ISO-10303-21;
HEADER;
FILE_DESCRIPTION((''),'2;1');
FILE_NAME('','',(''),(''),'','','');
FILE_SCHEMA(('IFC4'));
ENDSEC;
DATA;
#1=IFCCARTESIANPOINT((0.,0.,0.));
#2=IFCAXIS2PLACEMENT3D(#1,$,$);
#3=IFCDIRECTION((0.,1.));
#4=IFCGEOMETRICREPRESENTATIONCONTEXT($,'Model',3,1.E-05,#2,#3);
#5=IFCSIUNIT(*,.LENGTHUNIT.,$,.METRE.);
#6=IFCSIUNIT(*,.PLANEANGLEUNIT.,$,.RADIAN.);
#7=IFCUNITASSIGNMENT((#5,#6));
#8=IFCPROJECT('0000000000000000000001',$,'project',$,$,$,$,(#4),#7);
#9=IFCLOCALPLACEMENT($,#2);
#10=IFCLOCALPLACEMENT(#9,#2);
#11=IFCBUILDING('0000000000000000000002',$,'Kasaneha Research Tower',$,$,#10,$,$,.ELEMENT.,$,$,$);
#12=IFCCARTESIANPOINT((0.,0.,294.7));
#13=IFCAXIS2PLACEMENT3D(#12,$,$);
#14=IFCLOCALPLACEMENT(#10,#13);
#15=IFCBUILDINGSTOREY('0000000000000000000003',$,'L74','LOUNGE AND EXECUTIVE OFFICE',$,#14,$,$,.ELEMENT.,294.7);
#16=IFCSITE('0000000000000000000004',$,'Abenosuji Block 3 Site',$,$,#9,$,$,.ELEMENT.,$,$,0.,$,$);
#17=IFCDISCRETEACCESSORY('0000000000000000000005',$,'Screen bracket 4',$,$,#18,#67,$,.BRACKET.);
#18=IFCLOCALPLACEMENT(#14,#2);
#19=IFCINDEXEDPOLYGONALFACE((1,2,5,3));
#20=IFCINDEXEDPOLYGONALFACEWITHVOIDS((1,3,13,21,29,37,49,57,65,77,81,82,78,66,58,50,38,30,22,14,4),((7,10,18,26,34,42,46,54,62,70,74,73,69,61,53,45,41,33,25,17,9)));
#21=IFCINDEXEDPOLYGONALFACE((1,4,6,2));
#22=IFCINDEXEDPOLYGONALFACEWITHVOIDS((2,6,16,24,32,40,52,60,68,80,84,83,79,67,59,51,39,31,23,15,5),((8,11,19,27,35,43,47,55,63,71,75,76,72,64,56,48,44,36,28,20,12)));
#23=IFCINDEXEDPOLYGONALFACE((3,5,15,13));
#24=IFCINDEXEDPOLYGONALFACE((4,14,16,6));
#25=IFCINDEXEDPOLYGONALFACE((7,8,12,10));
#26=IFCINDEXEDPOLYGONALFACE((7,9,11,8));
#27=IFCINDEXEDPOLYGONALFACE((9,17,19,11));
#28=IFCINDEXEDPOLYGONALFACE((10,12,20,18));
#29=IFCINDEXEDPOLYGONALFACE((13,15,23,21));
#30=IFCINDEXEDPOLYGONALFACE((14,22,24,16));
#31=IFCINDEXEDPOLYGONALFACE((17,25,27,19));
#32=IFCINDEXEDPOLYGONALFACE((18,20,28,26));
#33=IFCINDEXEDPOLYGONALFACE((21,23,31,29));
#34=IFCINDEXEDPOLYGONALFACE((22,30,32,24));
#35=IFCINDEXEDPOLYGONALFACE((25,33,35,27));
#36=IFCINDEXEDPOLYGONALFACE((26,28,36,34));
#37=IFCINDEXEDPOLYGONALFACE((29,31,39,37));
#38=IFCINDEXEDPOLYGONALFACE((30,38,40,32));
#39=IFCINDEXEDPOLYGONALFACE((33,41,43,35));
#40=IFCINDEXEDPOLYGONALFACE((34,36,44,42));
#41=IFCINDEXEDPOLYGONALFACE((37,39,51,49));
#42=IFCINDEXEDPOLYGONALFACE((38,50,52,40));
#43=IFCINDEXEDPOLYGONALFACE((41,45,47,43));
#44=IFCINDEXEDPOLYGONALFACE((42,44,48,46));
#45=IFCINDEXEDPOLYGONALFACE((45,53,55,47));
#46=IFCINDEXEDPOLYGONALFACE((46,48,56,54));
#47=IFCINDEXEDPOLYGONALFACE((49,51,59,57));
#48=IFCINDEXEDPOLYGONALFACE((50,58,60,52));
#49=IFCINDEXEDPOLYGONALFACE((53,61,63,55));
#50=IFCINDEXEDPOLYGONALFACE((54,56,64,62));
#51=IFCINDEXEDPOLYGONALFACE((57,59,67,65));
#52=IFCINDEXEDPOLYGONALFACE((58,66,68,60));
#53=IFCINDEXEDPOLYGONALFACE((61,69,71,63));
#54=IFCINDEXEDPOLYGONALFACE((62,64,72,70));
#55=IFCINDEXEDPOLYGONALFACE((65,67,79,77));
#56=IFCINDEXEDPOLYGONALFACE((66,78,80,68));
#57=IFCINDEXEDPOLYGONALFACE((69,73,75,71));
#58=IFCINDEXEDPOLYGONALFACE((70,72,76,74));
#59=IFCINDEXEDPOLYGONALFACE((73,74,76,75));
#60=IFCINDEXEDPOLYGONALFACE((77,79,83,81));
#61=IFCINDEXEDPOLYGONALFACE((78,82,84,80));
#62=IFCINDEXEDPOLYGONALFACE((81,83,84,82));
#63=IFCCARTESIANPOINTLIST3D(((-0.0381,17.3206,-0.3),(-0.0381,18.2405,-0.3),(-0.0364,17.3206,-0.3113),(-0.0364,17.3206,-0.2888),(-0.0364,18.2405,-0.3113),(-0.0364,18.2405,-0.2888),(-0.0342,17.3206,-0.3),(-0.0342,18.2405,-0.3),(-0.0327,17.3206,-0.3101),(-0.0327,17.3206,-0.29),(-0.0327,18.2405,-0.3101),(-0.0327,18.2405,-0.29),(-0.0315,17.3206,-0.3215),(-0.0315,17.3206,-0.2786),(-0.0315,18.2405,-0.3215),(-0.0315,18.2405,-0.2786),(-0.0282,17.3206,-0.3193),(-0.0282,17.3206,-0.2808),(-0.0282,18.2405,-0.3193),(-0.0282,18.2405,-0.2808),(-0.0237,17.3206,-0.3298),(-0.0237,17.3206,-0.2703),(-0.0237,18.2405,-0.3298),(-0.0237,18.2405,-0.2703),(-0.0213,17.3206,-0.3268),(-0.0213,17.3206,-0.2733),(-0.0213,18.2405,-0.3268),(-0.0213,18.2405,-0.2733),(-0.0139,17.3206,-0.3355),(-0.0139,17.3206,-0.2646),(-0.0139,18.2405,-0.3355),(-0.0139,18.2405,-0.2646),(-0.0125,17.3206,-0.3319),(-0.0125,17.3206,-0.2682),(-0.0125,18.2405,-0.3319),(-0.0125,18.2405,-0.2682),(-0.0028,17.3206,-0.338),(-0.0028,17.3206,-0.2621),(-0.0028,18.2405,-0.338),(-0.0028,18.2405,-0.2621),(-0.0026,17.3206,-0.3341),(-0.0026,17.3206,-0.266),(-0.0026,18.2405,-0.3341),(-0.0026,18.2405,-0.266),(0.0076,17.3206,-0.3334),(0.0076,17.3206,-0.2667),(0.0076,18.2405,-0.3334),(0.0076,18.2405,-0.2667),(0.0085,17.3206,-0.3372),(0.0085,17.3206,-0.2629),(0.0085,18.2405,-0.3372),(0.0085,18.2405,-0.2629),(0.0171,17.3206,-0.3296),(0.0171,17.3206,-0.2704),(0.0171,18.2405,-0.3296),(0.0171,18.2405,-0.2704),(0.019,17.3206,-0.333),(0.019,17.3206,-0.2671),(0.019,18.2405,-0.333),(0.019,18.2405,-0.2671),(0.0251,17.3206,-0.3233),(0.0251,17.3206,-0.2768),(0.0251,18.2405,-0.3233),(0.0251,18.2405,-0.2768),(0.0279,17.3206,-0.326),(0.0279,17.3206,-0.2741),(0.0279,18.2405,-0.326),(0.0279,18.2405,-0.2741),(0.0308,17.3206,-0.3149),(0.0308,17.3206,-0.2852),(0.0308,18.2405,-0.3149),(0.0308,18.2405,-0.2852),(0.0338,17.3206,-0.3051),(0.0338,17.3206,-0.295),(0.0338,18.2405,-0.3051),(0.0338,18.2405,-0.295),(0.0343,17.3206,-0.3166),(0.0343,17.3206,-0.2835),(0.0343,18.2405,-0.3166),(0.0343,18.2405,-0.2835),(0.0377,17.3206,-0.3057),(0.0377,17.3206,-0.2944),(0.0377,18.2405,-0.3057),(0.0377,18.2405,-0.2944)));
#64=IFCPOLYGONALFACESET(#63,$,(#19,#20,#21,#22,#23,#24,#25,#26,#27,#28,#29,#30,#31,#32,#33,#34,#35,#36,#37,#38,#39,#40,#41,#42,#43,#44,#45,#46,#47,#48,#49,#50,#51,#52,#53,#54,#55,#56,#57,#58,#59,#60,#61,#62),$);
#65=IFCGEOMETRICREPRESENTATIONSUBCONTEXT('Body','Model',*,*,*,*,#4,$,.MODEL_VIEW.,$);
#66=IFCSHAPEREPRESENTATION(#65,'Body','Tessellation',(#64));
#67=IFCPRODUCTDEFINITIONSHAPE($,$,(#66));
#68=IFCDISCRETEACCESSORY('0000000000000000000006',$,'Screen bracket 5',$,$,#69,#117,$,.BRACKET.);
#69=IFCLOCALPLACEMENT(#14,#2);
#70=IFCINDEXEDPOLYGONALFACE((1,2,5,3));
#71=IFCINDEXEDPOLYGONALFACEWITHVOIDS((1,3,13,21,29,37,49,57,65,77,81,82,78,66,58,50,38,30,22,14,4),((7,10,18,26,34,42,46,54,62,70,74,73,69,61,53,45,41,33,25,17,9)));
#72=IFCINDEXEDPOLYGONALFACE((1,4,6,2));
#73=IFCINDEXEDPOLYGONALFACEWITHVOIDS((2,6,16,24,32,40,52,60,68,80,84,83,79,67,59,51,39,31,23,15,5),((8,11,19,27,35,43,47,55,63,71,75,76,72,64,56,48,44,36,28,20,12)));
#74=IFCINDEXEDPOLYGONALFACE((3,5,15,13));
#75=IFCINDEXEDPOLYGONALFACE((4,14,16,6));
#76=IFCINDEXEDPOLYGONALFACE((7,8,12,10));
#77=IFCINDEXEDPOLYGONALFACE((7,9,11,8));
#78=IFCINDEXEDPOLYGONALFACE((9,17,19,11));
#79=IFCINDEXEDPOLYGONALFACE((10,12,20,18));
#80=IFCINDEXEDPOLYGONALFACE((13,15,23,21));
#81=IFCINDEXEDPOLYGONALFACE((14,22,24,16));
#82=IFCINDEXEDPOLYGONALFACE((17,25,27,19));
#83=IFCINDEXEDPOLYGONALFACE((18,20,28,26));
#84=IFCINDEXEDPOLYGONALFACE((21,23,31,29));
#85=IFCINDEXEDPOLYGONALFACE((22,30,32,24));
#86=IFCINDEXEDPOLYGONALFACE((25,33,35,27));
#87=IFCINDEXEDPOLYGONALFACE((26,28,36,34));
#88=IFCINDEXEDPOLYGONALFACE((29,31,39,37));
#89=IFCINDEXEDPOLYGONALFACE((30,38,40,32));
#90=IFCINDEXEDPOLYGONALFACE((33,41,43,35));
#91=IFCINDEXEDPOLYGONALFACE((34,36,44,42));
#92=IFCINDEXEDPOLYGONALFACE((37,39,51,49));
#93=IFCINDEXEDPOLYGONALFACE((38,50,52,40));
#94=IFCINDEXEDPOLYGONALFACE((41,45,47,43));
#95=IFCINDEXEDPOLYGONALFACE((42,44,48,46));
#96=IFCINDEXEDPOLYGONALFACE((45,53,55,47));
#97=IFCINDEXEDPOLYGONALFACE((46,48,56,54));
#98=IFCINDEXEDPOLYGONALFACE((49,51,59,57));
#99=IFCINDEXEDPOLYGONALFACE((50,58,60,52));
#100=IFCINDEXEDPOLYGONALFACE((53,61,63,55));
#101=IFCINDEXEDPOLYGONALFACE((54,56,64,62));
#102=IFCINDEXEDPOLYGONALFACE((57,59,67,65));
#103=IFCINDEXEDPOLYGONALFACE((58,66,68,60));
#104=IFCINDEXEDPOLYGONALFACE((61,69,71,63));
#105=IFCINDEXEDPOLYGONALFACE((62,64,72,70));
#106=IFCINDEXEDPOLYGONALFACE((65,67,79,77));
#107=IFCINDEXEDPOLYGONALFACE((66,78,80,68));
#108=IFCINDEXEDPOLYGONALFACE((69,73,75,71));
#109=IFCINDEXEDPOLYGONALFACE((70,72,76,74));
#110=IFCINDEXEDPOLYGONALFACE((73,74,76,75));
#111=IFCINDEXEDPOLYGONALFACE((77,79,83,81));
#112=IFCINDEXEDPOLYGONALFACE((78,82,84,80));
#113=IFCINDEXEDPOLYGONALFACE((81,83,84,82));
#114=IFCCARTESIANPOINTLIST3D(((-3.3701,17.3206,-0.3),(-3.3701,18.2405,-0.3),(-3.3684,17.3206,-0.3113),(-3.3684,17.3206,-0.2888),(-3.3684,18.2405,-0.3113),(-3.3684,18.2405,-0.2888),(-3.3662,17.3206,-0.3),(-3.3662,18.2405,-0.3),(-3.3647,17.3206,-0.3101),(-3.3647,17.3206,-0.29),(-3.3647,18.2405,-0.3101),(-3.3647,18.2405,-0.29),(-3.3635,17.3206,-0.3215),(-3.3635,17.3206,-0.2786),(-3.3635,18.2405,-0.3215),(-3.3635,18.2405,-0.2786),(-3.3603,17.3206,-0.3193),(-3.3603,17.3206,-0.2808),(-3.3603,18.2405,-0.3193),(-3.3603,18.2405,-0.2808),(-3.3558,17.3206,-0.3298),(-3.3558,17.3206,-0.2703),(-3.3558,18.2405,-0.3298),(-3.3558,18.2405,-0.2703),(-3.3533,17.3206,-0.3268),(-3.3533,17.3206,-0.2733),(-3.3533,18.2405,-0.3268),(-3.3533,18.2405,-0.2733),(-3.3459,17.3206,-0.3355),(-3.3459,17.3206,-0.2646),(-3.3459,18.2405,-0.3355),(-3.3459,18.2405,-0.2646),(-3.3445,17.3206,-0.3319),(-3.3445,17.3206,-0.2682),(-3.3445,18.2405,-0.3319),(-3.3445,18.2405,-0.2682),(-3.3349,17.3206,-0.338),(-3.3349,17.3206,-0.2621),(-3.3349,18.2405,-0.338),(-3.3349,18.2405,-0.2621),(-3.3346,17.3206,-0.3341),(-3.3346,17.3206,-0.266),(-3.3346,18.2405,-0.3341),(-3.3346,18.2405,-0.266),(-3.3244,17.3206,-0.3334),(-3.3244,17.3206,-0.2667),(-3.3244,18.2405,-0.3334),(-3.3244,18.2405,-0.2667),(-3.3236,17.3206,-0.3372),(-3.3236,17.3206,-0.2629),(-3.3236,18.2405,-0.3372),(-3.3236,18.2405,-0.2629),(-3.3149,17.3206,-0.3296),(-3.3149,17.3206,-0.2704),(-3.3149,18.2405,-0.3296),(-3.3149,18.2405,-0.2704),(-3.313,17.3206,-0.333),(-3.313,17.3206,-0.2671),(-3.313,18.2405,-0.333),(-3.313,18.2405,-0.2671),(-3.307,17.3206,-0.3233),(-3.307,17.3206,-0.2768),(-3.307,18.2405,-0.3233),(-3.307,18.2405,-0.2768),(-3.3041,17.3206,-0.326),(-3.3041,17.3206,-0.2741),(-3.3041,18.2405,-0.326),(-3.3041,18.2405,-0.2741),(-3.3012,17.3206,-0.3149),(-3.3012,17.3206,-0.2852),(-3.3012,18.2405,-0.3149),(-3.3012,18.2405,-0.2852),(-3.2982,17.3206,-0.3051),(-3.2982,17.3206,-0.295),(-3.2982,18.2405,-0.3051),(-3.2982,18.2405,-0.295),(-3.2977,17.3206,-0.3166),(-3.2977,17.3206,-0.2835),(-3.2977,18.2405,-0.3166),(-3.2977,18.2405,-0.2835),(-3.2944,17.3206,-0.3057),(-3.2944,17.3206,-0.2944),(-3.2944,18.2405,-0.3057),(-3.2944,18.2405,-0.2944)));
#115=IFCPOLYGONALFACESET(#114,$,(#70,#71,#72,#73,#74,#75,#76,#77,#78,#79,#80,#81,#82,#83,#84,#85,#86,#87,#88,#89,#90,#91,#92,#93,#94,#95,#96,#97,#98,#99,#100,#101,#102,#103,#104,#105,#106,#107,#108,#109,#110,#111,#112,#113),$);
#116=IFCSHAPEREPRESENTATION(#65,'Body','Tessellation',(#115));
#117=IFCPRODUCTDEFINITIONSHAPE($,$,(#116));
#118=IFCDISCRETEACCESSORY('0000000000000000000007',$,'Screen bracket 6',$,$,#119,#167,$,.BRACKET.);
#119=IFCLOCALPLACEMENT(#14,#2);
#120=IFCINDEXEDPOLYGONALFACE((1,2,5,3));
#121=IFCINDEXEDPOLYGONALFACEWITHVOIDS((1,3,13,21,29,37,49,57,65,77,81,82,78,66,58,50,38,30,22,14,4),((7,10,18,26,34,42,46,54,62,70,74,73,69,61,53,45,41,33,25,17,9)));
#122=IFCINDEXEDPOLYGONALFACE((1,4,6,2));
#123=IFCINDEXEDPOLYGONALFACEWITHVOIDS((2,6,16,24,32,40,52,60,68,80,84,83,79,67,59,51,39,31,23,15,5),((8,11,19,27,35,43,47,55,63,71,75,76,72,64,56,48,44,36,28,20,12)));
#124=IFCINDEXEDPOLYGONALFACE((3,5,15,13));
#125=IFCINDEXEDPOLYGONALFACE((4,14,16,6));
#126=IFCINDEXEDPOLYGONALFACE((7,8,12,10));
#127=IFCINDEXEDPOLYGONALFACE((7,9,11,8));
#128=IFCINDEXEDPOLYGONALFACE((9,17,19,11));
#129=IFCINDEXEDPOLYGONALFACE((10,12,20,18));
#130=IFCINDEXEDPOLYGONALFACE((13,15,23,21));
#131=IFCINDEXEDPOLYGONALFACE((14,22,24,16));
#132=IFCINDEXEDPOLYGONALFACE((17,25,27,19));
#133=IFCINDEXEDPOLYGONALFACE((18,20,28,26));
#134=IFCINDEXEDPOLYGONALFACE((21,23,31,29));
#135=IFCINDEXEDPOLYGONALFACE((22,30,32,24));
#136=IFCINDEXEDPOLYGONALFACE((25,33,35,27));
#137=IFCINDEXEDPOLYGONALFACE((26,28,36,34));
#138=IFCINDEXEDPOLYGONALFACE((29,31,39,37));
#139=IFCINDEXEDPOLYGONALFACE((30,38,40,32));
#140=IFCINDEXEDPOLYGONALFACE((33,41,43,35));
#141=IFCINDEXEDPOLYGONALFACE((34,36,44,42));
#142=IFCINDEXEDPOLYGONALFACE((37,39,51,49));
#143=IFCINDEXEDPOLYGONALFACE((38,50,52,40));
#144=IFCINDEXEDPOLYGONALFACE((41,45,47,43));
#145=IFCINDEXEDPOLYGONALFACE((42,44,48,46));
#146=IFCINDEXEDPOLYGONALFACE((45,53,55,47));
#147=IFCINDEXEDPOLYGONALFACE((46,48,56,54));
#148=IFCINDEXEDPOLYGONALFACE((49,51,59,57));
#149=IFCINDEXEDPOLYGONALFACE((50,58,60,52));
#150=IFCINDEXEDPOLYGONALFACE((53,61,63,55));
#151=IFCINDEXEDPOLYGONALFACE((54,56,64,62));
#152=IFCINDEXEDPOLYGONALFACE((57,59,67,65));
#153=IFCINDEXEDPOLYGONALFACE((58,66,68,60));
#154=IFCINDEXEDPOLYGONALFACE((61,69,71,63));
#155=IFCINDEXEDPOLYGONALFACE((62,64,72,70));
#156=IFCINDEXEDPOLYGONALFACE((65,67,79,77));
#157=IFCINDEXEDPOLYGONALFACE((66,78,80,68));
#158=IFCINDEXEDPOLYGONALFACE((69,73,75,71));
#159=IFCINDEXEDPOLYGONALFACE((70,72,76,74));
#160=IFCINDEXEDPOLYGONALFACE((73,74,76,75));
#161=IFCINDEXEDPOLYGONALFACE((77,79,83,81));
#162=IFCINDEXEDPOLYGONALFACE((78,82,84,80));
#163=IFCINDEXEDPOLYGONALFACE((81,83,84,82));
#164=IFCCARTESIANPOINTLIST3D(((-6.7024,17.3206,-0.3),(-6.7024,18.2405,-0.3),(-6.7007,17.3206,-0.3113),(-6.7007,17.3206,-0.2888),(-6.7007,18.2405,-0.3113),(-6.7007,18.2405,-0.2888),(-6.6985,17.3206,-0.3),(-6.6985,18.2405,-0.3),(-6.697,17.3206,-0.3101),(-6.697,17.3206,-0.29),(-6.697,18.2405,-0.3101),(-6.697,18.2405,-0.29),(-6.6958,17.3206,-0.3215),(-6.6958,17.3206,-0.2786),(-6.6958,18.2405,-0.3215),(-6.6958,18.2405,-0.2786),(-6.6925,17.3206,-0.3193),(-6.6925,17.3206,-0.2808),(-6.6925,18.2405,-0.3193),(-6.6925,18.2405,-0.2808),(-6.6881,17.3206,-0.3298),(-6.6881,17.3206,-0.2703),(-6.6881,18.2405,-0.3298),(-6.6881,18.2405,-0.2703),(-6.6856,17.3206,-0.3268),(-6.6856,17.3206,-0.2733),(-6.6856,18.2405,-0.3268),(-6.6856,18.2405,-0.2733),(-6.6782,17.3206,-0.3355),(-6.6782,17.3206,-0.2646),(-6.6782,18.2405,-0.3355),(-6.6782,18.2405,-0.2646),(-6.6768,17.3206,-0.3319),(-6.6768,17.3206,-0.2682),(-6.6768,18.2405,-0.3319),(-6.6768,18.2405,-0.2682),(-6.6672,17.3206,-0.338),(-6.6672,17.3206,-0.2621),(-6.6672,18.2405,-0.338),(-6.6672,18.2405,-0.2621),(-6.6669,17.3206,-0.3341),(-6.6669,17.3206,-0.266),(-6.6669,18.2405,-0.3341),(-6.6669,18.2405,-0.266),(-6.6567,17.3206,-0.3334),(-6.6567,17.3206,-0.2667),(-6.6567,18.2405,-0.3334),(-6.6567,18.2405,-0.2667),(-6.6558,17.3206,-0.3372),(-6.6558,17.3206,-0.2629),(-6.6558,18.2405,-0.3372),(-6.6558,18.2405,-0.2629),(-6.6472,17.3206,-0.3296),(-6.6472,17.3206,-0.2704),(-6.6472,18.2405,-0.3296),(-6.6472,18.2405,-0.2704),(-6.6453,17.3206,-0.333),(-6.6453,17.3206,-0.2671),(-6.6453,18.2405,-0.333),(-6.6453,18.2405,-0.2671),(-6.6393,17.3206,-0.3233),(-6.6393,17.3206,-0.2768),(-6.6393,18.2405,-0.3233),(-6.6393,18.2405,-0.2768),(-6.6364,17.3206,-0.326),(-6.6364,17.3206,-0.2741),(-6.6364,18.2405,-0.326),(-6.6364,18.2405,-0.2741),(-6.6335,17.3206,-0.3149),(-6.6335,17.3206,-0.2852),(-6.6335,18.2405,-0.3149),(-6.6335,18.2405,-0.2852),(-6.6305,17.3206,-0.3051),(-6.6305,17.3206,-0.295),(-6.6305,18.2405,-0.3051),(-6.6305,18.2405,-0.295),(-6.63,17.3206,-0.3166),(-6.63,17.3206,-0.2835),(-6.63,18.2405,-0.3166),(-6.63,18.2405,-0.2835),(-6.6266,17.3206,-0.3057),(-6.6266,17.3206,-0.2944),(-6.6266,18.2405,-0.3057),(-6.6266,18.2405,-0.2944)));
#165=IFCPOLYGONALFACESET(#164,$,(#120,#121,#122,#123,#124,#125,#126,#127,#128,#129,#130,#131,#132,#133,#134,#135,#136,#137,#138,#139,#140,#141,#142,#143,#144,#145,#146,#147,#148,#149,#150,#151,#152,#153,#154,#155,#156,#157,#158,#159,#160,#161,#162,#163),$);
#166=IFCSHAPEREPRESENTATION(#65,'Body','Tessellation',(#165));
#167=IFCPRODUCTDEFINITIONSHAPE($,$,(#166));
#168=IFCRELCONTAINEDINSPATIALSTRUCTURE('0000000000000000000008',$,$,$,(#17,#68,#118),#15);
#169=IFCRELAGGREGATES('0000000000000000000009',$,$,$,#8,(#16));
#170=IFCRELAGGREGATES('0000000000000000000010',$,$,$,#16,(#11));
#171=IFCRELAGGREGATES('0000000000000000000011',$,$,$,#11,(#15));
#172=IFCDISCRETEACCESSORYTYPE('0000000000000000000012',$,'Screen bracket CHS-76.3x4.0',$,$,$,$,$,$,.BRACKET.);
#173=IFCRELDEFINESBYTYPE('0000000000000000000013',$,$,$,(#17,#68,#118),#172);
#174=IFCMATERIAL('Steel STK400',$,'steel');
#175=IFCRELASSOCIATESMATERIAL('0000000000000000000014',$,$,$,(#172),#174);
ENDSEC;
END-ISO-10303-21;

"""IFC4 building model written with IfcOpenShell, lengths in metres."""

from ifc_helpers import new_model, si_unit, direction, frame, origin, origin_2d, place, context, subcontext, project, spatial, hollow_circle, extrude, material, material_profile, profile_set, type_object, element, save


model = new_model("IFC4")

# Units and contexts
model_context = context("Model", 3, precision=1e-05, world=origin(), true_north=direction((0.0, 1.0)))
body_context = subcontext(model_context, "Body", "Model", "MODEL_VIEW")
ifc_project = project(units=[si_unit("LENGTHUNIT", "METRE"), si_unit("PLANEANGLEUNIT", "RADIAN")], contexts=[model_context])

# Site, building, storey
site_placement = place(None, origin())
site = spatial("IfcSite", under=ifc_project, at=site_placement, Name="Abenosuji Block 3 Site", CompositionType="ELEMENT", RefElevation=0.0)
building_placement = place(site_placement, origin())
building = spatial("IfcBuilding", under=site, at=building_placement, Name="Kasaneha Research Tower", CompositionType="ELEMENT")
storey_placement = place(building_placement, frame((0.0, 0.0, 294.7)))
storey = spatial("IfcBuildingStorey", under=building, at=storey_placement, Name="L74", Description="LOUNGE AND EXECUTIVE OFFICE", CompositionType="ELEMENT", Elevation=294.7)

# Discrete accessories
ifc_material_1 = material(Name="Steel STK400", Category="steel")
ifc_material_profile_1 = material_profile(ifc_material_1, hollow_circle(Radius=0.0381, WallThickness=0.0039, at=origin_2d()), Name="CHS-76.3x4.0")
ifc_profile_set_1 = profile_set([ifc_material_profile_1], Name="Steel STK400")
discrete_accessory_type = type_object("IfcDiscreteAccessoryType", Name="Screen bracket CHS-76.3x4.0", PredefinedType="BRACKET", material=ifc_profile_set_1)
for number, where, z_axis, x_axis, name in (
    (1, (0.0, 17.3206, -0.3), (0.0, 1.0, 0.0), (-1.0, 0.0, 0.0), "Screen bracket 4"),
    (2, (-3.332, 17.3206, -0.3), (0.0, 1.0, 0.0), (-1.0, 0.0, 0.0), "Screen bracket 5"),
    (3, (-6.6643, 17.3206, -0.3), (0.0, 1.0, 0.0), (-1.0, 0.0, 0.0), "Screen bracket 6"),
):
    element("IfcDiscreteAccessory", number, at=place(storey_placement, frame(where, z_axis=z_axis, x_axis=x_axis)), inside=storey, type_object=discrete_accessory_type, Name=name, PredefinedType="BRACKET", context=body_context, shape_type="SweptSolid", body=[
        extrude(hollow_circle(Radius=0.0381, WallThickness=0.0039, at=origin_2d()), origin(), (0.0, 0.0, 1.0), 0.9199),
    ])

save(model, "model.ifc")
